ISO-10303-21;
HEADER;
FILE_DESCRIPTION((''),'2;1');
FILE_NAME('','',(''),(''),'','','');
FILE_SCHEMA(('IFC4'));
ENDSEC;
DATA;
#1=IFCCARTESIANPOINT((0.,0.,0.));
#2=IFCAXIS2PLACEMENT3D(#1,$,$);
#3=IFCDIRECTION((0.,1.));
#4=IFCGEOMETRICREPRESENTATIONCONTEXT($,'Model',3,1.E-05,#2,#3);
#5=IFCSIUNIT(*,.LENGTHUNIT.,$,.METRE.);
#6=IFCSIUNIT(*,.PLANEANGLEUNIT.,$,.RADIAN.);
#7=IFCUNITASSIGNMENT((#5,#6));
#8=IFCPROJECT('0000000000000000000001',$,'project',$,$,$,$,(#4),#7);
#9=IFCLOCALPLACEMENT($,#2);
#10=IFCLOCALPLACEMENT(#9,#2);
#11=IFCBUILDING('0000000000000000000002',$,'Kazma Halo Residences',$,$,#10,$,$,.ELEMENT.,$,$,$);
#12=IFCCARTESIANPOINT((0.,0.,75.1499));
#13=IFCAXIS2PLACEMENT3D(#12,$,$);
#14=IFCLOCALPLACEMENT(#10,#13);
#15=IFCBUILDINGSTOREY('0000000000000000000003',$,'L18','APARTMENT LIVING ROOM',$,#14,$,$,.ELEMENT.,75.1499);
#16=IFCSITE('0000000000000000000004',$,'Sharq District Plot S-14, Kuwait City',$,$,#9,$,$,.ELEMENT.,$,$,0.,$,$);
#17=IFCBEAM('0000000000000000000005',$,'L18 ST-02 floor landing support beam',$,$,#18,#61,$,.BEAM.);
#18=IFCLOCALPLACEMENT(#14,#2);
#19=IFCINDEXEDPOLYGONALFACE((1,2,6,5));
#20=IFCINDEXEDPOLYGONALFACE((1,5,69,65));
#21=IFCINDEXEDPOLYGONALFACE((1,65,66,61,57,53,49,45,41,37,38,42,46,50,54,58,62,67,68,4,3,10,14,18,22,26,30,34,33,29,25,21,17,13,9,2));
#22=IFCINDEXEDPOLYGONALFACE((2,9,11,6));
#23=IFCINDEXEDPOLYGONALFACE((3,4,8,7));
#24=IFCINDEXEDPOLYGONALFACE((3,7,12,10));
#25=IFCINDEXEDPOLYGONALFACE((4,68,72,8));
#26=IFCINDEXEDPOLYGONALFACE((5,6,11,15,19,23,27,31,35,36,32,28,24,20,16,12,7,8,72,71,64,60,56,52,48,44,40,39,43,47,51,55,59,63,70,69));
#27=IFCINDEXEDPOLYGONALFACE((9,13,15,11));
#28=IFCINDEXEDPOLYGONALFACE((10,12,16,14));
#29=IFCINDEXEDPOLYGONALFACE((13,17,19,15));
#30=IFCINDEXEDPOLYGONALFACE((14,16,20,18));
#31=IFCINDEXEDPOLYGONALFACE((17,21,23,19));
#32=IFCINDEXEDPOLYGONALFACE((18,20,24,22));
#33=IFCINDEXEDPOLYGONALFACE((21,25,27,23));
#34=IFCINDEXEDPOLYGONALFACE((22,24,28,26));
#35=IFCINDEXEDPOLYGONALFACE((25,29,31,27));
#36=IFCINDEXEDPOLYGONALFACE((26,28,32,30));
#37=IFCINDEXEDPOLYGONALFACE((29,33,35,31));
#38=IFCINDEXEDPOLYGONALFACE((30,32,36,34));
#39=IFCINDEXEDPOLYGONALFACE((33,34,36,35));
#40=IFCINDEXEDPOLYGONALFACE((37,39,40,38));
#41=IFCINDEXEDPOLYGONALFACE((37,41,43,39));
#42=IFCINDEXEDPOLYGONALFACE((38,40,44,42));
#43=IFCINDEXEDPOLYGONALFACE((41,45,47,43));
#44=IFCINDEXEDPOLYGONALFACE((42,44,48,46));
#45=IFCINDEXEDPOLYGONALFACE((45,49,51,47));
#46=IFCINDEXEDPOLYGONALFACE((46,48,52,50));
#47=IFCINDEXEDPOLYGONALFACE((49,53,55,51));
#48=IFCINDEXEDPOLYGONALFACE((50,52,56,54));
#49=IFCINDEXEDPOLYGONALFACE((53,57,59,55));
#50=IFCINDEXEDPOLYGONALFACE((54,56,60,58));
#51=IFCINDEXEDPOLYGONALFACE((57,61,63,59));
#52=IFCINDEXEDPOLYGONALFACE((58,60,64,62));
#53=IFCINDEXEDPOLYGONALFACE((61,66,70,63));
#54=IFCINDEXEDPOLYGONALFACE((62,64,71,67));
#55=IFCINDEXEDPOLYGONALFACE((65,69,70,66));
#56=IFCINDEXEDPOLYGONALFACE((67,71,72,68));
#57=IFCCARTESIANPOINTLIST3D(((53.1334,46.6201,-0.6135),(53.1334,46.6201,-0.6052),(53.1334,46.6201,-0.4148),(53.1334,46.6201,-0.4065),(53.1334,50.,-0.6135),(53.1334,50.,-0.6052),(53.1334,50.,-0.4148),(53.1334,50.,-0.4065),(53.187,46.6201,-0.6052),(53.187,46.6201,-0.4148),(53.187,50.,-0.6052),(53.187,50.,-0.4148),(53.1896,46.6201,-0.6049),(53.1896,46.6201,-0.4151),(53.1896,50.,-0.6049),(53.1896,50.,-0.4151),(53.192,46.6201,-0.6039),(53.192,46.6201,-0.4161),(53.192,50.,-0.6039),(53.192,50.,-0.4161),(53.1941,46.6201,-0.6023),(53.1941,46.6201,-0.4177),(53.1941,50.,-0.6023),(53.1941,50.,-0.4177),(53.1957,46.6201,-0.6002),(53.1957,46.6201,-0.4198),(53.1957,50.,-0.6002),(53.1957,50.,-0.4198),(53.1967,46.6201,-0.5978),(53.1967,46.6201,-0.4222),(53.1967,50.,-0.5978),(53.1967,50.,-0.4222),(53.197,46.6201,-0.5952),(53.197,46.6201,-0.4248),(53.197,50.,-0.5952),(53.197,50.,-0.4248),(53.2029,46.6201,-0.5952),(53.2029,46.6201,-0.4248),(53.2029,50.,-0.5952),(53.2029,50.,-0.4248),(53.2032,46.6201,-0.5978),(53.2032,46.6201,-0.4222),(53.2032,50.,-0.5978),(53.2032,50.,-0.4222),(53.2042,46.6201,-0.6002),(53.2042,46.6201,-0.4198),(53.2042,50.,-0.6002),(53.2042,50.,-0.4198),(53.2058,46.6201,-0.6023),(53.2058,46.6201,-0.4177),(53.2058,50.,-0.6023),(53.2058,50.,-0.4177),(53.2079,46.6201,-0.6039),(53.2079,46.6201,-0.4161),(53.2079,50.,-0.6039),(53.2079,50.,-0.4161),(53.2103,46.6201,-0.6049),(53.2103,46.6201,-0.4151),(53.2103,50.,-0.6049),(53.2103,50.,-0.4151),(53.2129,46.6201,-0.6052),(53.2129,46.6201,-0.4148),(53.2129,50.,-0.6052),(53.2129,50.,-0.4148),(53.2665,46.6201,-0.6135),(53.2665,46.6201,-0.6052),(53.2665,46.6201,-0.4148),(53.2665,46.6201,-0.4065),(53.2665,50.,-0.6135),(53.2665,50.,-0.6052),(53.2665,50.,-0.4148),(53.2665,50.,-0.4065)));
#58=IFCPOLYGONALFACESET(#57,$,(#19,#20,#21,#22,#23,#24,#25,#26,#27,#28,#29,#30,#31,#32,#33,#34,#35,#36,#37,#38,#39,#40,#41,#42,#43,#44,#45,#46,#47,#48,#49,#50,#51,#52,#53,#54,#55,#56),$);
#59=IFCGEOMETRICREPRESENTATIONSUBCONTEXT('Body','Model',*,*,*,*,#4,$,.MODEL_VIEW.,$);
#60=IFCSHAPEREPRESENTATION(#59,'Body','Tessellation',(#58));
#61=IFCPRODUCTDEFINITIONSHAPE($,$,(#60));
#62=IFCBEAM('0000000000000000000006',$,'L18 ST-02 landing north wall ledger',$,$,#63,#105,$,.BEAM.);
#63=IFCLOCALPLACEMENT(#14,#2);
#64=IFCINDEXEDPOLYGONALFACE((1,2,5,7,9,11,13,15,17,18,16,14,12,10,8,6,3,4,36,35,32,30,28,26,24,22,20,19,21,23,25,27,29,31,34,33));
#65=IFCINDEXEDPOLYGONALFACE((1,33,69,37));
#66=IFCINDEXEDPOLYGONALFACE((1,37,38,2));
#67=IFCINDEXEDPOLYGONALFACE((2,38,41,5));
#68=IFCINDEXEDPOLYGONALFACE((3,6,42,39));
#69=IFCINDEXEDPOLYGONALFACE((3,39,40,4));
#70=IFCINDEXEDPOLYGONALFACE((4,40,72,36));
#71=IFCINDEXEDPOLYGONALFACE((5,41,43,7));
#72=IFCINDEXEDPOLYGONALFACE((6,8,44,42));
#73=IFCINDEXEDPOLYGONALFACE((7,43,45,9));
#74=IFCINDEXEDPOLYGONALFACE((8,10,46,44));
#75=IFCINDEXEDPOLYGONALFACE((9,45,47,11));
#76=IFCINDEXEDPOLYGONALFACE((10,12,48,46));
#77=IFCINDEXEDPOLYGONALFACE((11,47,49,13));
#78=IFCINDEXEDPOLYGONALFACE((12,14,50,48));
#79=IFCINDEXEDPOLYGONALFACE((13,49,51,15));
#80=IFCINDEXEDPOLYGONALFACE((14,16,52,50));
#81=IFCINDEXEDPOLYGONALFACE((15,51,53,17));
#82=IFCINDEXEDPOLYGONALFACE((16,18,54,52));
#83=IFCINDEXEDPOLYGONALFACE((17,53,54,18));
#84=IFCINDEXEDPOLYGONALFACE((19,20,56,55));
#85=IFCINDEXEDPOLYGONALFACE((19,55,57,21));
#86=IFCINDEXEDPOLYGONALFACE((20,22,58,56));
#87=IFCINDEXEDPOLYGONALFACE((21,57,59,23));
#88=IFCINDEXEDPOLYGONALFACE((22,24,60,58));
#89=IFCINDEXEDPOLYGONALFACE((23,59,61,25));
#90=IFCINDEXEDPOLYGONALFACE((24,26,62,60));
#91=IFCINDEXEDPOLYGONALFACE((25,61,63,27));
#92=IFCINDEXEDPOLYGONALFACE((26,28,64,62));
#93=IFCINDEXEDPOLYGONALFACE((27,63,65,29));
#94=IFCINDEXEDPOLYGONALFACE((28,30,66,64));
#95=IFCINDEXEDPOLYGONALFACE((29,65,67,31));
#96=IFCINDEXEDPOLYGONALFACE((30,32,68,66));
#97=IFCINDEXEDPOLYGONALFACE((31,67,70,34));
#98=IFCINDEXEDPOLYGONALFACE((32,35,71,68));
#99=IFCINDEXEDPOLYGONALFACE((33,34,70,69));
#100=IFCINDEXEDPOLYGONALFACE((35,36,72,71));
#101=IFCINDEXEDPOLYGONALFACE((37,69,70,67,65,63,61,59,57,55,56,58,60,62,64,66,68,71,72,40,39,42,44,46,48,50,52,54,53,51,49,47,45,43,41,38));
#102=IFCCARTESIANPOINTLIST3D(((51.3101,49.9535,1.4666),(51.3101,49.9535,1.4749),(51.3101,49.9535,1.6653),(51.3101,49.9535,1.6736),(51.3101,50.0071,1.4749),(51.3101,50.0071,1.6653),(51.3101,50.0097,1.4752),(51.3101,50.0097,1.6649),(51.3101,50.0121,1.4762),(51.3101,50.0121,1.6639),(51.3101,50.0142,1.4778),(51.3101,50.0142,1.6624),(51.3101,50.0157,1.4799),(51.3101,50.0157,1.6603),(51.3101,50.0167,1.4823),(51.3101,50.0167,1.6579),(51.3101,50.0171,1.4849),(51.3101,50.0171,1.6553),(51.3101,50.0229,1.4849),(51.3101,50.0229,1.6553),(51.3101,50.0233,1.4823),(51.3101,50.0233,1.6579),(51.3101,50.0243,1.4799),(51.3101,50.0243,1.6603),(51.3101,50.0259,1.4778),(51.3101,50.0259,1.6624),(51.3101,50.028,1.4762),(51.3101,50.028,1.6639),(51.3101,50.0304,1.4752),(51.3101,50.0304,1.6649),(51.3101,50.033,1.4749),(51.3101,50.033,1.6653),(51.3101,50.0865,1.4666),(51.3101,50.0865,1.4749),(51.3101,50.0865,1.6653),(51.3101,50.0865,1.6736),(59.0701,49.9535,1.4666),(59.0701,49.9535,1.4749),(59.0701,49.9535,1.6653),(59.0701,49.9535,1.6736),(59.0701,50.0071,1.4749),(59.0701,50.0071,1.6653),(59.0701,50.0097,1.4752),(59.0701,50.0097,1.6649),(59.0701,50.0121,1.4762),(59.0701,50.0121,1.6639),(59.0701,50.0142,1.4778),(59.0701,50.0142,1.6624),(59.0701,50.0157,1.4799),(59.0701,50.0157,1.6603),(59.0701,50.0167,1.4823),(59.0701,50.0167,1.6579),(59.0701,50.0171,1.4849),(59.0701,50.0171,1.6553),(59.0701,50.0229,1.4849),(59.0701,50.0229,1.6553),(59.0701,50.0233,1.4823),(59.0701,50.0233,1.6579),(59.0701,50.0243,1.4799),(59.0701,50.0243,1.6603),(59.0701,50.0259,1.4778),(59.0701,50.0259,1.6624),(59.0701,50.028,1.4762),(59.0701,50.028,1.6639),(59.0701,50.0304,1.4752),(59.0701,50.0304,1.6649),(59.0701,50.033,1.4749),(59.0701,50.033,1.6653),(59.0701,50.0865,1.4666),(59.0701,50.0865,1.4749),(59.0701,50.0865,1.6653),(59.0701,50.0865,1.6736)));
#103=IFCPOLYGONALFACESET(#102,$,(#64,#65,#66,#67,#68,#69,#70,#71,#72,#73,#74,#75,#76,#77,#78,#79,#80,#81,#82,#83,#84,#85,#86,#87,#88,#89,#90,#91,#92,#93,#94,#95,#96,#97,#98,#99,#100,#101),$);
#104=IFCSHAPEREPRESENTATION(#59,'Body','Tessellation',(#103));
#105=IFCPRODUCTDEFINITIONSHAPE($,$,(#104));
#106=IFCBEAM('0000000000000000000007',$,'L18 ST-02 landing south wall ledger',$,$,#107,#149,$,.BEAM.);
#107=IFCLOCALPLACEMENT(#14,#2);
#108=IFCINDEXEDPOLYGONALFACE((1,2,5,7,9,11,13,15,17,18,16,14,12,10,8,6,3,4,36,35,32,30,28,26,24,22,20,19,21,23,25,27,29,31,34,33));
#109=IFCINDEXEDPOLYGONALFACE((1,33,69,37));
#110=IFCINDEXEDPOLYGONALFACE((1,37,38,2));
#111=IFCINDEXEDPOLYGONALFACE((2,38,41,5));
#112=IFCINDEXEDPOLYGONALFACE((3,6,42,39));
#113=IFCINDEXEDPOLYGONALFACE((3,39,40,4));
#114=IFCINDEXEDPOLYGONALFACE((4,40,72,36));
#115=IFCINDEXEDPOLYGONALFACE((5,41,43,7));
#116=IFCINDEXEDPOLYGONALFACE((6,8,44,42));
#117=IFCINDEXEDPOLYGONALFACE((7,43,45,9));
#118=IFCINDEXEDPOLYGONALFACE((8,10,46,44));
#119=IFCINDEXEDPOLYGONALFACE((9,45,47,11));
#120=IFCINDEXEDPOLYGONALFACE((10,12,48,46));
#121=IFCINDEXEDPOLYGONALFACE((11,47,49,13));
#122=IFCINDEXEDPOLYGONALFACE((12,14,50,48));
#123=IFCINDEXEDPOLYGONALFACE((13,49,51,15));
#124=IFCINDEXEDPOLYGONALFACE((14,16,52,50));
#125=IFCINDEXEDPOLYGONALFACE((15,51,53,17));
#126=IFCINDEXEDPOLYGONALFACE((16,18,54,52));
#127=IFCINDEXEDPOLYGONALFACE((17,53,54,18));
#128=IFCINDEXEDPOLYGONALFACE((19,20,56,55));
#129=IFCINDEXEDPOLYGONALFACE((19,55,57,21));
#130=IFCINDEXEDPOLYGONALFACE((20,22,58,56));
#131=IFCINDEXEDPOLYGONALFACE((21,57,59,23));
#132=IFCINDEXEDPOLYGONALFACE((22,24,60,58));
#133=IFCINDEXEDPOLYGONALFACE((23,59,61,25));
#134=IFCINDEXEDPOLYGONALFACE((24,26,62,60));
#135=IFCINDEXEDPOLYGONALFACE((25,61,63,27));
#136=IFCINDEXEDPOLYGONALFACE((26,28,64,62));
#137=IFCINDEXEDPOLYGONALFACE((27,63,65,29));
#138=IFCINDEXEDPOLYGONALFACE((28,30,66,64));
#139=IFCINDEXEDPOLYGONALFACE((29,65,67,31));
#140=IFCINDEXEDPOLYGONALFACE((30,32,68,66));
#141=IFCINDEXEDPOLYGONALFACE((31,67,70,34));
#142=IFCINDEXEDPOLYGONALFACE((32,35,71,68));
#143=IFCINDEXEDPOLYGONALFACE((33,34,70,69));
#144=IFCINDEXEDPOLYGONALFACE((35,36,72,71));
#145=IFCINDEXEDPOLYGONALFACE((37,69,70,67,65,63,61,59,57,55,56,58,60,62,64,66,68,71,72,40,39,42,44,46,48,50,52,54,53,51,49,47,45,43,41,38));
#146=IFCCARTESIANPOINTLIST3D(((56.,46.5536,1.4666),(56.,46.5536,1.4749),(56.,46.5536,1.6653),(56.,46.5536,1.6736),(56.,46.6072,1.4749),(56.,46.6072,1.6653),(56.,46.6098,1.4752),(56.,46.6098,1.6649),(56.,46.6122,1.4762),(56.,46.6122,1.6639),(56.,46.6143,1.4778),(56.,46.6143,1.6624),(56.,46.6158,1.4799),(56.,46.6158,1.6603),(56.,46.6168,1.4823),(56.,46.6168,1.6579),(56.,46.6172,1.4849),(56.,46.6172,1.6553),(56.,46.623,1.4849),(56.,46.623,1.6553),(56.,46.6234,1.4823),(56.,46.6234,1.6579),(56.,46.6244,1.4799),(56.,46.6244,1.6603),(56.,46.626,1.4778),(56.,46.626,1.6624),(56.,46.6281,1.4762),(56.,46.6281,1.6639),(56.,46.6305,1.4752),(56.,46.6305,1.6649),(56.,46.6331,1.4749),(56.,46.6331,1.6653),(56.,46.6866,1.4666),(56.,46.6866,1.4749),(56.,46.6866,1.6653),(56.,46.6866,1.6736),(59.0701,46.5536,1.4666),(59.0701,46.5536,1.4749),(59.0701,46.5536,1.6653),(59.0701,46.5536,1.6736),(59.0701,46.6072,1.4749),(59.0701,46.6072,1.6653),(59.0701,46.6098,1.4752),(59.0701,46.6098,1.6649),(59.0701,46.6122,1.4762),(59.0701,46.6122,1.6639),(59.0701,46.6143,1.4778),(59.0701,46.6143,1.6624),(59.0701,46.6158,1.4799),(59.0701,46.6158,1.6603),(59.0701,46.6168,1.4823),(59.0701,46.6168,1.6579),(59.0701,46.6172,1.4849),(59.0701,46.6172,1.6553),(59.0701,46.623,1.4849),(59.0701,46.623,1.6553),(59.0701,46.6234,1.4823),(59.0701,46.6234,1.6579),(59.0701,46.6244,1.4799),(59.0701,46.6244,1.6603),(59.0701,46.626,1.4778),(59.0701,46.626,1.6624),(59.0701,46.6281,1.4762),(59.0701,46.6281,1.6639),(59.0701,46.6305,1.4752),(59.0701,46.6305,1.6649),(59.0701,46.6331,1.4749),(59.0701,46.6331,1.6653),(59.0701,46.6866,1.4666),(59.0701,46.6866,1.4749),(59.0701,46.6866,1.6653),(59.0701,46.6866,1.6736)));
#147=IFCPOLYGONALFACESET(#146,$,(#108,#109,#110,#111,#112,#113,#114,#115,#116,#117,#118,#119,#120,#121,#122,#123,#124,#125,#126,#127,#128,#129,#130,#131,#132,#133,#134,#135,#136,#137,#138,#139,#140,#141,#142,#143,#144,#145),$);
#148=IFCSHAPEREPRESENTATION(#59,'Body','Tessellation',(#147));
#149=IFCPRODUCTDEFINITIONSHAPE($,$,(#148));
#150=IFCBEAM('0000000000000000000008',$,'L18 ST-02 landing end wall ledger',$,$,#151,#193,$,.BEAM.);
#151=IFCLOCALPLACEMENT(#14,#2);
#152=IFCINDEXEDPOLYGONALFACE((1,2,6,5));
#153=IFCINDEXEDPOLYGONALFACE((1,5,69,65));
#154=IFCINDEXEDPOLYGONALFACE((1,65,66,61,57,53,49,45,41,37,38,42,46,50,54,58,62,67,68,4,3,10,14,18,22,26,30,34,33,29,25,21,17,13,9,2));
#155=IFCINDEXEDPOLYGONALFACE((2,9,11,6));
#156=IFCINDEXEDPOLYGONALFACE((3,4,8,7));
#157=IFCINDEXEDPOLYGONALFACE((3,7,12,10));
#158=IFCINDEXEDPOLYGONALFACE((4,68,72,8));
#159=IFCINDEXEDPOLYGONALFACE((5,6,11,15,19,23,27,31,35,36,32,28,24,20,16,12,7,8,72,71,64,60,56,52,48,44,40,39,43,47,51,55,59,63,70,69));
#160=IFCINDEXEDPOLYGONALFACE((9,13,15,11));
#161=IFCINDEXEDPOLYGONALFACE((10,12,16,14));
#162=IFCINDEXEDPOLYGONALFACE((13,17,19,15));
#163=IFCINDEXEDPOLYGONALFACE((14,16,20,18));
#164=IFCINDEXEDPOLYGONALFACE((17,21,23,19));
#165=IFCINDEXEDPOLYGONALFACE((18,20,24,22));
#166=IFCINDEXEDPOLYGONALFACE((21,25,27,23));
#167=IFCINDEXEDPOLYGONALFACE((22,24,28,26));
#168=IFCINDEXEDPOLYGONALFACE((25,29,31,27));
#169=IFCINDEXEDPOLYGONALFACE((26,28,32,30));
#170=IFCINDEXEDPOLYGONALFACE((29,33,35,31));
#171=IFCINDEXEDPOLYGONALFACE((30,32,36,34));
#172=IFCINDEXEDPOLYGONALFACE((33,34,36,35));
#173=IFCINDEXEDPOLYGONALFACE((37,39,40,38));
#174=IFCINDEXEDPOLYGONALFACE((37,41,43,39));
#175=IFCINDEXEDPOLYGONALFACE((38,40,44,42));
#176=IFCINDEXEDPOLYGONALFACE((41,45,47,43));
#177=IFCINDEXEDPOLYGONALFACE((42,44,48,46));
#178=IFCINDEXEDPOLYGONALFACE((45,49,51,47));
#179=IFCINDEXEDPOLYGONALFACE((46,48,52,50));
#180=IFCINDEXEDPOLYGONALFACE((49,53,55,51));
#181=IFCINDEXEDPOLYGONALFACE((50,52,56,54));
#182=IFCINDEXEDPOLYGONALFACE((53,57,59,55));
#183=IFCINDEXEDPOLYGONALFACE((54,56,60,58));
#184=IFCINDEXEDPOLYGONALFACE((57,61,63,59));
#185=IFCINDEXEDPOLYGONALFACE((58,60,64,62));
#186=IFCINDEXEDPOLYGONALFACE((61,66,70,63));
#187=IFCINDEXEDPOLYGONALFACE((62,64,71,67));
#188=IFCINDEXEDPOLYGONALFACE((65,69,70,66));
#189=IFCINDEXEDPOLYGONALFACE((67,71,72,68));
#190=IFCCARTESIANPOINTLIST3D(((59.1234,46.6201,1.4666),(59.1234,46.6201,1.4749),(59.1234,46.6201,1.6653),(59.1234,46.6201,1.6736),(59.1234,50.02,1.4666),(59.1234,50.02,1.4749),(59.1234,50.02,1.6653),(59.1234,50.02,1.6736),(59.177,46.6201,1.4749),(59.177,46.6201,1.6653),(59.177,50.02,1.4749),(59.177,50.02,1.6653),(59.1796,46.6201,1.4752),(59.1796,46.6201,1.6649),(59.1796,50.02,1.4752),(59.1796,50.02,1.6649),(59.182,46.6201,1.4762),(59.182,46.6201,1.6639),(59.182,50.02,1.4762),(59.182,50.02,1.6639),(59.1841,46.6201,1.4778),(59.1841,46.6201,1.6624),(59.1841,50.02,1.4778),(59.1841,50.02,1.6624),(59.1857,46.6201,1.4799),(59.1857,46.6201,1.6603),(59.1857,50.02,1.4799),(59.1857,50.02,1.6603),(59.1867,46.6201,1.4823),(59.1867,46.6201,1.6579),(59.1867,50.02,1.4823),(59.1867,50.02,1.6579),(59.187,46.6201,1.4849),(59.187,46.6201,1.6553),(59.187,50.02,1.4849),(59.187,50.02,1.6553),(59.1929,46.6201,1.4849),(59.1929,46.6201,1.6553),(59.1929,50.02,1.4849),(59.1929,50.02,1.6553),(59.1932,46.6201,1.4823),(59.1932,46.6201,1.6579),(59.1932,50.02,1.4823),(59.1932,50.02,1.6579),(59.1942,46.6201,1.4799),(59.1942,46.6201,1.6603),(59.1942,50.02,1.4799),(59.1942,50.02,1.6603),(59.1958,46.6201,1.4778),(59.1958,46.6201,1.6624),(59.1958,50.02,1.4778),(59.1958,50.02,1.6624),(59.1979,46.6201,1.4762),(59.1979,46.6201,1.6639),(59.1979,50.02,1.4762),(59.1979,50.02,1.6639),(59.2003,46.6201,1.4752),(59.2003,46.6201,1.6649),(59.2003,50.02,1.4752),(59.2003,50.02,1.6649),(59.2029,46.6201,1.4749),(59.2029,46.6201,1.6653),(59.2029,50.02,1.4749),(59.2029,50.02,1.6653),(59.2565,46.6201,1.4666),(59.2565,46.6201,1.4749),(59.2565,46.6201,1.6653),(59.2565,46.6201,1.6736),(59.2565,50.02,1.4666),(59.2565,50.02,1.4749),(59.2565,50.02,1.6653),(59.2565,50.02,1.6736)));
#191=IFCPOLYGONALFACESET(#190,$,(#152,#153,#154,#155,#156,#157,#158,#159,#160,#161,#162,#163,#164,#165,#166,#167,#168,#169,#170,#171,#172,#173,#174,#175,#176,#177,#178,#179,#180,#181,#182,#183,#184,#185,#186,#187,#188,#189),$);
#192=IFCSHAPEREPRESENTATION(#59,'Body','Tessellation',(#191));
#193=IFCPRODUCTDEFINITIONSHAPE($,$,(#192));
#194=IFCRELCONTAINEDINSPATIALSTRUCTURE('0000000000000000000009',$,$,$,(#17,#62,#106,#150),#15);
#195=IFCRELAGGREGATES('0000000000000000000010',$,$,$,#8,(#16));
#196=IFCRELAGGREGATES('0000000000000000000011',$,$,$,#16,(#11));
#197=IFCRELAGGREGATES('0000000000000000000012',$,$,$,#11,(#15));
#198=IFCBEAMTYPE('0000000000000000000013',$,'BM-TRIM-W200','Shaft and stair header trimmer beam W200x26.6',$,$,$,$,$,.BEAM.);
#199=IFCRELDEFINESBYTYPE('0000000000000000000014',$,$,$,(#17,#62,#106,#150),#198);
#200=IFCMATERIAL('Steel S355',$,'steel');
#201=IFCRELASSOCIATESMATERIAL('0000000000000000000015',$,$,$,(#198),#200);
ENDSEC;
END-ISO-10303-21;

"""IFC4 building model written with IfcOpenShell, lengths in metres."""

from ifc_helpers import new_model, si_unit, direction, frame, origin, origin_2d, place, context, subcontext, project, spatial, i_section, extrude, material, material_profile, profile_set, type_object, element, save


model = new_model("IFC4")

# Units and contexts
model_context = context("Model", 3, precision=1e-05, world=origin(), true_north=direction((0.0, 1.0)))
body_context = subcontext(model_context, "Body", "Model", "MODEL_VIEW")
ifc_project = project(units=[si_unit("LENGTHUNIT", "METRE"), si_unit("PLANEANGLEUNIT", "RADIAN")], contexts=[model_context])

# Site, building, storey
site_placement = place(None, origin())
site = spatial("IfcSite", under=ifc_project, at=site_placement, Name="Sharq District Plot S-14, Kuwait City", CompositionType="ELEMENT", RefElevation=0.0)
building_placement = place(site_placement, origin())
building = spatial("IfcBuilding", under=site, at=building_placement, Name="Kazma Halo Residences", CompositionType="ELEMENT")
storey_placement = place(building_placement, frame((0.0, 0.0, 75.1499)))
storey = spatial("IfcBuildingStorey", under=building, at=storey_placement, Name="L18", Description="APARTMENT LIVING ROOM", CompositionType="ELEMENT", Elevation=75.1499)

# Shared definitions
ifc_material_1 = material(Name="Steel S355", Category="steel")

# Beams
ifc_material_profile_1 = material_profile(ifc_material_1, i_section(OverallWidth=0.1331, OverallDepth=0.207, WebThickness=0.0059, FlangeThickness=0.0083, FilletRadius=0.01, at=origin_2d()), Name="W200x26.6")
ifc_profile_set_1 = profile_set([ifc_material_profile_1], Name="Steel S355")
beam_type_1 = type_object("IfcBeamType", Name="BM-TRIM-W200", Description="Shaft and stair header trimmer beam W200x26.6", PredefinedType="BEAM", material=ifc_profile_set_1)
beam_1_placement = place(storey_placement, frame((53.2, 46.6201, -0.51), z_axis=(0.0, 1.0, 0.0), x_axis=(-1.0, 0.0, 0.0)))
element("IfcBeam", 1, at=beam_1_placement, inside=storey, type_object=beam_type_1, Name="L18 ST-02 floor landing support beam", PredefinedType="BEAM", context=body_context, shape_type="SweptSolid", body=[
    extrude(i_section(OverallWidth=0.1331, OverallDepth=0.207, WebThickness=0.0059, FlangeThickness=0.0083, FilletRadius=0.01, at=origin_2d()), origin(), (0.0, 0.0, 1.0), 3.3799),
])
beam_2_placement = place(storey_placement, frame((51.3101, 50.02, 1.5701), z_axis=(1.0, 0.0, 0.0), x_axis=(0.0, 1.0, 0.0)))
element("IfcBeam", 2, at=beam_2_placement, inside=storey, type_object=beam_type_1, Name="L18 ST-02 landing north wall ledger", PredefinedType="BEAM", context=body_context, shape_type="SweptSolid", body=[
    extrude(i_section(OverallWidth=0.1331, OverallDepth=0.207, WebThickness=0.0059, FlangeThickness=0.0083, FilletRadius=0.01, at=origin_2d()), origin(), (0.0, 0.0, 1.0), 7.76),
])
beam_3_placement = place(storey_placement, frame((56.0, 46.6201, 1.5701), z_axis=(1.0, 0.0, 0.0), x_axis=(0.0, 1.0, 0.0)))
element("IfcBeam", 3, at=beam_3_placement, inside=storey, type_object=beam_type_1, Name="L18 ST-02 landing south wall ledger", PredefinedType="BEAM", context=body_context, shape_type="SweptSolid", body=[
    extrude(i_section(OverallWidth=0.1331, OverallDepth=0.207, WebThickness=0.0059, FlangeThickness=0.0083, FilletRadius=0.01, at=origin_2d()), origin(), (0.0, 0.0, 1.0), 3.0701),
])
beam_4_placement = place(storey_placement, frame((59.1899, 46.6201, 1.5701), z_axis=(0.0, 1.0, 0.0), x_axis=(-1.0, 0.0, 0.0)))
element("IfcBeam", 4, at=beam_4_placement, inside=storey, type_object=beam_type_1, Name="L18 ST-02 landing end wall ledger", PredefinedType="BEAM", context=body_context, shape_type="SweptSolid", body=[
    extrude(i_section(OverallWidth=0.1331, OverallDepth=0.207, WebThickness=0.0059, FlangeThickness=0.0083, FilletRadius=0.01, at=origin_2d()), origin(), (0.0, 0.0, 1.0), 3.3999),
])

save(model, "model.ifc")
